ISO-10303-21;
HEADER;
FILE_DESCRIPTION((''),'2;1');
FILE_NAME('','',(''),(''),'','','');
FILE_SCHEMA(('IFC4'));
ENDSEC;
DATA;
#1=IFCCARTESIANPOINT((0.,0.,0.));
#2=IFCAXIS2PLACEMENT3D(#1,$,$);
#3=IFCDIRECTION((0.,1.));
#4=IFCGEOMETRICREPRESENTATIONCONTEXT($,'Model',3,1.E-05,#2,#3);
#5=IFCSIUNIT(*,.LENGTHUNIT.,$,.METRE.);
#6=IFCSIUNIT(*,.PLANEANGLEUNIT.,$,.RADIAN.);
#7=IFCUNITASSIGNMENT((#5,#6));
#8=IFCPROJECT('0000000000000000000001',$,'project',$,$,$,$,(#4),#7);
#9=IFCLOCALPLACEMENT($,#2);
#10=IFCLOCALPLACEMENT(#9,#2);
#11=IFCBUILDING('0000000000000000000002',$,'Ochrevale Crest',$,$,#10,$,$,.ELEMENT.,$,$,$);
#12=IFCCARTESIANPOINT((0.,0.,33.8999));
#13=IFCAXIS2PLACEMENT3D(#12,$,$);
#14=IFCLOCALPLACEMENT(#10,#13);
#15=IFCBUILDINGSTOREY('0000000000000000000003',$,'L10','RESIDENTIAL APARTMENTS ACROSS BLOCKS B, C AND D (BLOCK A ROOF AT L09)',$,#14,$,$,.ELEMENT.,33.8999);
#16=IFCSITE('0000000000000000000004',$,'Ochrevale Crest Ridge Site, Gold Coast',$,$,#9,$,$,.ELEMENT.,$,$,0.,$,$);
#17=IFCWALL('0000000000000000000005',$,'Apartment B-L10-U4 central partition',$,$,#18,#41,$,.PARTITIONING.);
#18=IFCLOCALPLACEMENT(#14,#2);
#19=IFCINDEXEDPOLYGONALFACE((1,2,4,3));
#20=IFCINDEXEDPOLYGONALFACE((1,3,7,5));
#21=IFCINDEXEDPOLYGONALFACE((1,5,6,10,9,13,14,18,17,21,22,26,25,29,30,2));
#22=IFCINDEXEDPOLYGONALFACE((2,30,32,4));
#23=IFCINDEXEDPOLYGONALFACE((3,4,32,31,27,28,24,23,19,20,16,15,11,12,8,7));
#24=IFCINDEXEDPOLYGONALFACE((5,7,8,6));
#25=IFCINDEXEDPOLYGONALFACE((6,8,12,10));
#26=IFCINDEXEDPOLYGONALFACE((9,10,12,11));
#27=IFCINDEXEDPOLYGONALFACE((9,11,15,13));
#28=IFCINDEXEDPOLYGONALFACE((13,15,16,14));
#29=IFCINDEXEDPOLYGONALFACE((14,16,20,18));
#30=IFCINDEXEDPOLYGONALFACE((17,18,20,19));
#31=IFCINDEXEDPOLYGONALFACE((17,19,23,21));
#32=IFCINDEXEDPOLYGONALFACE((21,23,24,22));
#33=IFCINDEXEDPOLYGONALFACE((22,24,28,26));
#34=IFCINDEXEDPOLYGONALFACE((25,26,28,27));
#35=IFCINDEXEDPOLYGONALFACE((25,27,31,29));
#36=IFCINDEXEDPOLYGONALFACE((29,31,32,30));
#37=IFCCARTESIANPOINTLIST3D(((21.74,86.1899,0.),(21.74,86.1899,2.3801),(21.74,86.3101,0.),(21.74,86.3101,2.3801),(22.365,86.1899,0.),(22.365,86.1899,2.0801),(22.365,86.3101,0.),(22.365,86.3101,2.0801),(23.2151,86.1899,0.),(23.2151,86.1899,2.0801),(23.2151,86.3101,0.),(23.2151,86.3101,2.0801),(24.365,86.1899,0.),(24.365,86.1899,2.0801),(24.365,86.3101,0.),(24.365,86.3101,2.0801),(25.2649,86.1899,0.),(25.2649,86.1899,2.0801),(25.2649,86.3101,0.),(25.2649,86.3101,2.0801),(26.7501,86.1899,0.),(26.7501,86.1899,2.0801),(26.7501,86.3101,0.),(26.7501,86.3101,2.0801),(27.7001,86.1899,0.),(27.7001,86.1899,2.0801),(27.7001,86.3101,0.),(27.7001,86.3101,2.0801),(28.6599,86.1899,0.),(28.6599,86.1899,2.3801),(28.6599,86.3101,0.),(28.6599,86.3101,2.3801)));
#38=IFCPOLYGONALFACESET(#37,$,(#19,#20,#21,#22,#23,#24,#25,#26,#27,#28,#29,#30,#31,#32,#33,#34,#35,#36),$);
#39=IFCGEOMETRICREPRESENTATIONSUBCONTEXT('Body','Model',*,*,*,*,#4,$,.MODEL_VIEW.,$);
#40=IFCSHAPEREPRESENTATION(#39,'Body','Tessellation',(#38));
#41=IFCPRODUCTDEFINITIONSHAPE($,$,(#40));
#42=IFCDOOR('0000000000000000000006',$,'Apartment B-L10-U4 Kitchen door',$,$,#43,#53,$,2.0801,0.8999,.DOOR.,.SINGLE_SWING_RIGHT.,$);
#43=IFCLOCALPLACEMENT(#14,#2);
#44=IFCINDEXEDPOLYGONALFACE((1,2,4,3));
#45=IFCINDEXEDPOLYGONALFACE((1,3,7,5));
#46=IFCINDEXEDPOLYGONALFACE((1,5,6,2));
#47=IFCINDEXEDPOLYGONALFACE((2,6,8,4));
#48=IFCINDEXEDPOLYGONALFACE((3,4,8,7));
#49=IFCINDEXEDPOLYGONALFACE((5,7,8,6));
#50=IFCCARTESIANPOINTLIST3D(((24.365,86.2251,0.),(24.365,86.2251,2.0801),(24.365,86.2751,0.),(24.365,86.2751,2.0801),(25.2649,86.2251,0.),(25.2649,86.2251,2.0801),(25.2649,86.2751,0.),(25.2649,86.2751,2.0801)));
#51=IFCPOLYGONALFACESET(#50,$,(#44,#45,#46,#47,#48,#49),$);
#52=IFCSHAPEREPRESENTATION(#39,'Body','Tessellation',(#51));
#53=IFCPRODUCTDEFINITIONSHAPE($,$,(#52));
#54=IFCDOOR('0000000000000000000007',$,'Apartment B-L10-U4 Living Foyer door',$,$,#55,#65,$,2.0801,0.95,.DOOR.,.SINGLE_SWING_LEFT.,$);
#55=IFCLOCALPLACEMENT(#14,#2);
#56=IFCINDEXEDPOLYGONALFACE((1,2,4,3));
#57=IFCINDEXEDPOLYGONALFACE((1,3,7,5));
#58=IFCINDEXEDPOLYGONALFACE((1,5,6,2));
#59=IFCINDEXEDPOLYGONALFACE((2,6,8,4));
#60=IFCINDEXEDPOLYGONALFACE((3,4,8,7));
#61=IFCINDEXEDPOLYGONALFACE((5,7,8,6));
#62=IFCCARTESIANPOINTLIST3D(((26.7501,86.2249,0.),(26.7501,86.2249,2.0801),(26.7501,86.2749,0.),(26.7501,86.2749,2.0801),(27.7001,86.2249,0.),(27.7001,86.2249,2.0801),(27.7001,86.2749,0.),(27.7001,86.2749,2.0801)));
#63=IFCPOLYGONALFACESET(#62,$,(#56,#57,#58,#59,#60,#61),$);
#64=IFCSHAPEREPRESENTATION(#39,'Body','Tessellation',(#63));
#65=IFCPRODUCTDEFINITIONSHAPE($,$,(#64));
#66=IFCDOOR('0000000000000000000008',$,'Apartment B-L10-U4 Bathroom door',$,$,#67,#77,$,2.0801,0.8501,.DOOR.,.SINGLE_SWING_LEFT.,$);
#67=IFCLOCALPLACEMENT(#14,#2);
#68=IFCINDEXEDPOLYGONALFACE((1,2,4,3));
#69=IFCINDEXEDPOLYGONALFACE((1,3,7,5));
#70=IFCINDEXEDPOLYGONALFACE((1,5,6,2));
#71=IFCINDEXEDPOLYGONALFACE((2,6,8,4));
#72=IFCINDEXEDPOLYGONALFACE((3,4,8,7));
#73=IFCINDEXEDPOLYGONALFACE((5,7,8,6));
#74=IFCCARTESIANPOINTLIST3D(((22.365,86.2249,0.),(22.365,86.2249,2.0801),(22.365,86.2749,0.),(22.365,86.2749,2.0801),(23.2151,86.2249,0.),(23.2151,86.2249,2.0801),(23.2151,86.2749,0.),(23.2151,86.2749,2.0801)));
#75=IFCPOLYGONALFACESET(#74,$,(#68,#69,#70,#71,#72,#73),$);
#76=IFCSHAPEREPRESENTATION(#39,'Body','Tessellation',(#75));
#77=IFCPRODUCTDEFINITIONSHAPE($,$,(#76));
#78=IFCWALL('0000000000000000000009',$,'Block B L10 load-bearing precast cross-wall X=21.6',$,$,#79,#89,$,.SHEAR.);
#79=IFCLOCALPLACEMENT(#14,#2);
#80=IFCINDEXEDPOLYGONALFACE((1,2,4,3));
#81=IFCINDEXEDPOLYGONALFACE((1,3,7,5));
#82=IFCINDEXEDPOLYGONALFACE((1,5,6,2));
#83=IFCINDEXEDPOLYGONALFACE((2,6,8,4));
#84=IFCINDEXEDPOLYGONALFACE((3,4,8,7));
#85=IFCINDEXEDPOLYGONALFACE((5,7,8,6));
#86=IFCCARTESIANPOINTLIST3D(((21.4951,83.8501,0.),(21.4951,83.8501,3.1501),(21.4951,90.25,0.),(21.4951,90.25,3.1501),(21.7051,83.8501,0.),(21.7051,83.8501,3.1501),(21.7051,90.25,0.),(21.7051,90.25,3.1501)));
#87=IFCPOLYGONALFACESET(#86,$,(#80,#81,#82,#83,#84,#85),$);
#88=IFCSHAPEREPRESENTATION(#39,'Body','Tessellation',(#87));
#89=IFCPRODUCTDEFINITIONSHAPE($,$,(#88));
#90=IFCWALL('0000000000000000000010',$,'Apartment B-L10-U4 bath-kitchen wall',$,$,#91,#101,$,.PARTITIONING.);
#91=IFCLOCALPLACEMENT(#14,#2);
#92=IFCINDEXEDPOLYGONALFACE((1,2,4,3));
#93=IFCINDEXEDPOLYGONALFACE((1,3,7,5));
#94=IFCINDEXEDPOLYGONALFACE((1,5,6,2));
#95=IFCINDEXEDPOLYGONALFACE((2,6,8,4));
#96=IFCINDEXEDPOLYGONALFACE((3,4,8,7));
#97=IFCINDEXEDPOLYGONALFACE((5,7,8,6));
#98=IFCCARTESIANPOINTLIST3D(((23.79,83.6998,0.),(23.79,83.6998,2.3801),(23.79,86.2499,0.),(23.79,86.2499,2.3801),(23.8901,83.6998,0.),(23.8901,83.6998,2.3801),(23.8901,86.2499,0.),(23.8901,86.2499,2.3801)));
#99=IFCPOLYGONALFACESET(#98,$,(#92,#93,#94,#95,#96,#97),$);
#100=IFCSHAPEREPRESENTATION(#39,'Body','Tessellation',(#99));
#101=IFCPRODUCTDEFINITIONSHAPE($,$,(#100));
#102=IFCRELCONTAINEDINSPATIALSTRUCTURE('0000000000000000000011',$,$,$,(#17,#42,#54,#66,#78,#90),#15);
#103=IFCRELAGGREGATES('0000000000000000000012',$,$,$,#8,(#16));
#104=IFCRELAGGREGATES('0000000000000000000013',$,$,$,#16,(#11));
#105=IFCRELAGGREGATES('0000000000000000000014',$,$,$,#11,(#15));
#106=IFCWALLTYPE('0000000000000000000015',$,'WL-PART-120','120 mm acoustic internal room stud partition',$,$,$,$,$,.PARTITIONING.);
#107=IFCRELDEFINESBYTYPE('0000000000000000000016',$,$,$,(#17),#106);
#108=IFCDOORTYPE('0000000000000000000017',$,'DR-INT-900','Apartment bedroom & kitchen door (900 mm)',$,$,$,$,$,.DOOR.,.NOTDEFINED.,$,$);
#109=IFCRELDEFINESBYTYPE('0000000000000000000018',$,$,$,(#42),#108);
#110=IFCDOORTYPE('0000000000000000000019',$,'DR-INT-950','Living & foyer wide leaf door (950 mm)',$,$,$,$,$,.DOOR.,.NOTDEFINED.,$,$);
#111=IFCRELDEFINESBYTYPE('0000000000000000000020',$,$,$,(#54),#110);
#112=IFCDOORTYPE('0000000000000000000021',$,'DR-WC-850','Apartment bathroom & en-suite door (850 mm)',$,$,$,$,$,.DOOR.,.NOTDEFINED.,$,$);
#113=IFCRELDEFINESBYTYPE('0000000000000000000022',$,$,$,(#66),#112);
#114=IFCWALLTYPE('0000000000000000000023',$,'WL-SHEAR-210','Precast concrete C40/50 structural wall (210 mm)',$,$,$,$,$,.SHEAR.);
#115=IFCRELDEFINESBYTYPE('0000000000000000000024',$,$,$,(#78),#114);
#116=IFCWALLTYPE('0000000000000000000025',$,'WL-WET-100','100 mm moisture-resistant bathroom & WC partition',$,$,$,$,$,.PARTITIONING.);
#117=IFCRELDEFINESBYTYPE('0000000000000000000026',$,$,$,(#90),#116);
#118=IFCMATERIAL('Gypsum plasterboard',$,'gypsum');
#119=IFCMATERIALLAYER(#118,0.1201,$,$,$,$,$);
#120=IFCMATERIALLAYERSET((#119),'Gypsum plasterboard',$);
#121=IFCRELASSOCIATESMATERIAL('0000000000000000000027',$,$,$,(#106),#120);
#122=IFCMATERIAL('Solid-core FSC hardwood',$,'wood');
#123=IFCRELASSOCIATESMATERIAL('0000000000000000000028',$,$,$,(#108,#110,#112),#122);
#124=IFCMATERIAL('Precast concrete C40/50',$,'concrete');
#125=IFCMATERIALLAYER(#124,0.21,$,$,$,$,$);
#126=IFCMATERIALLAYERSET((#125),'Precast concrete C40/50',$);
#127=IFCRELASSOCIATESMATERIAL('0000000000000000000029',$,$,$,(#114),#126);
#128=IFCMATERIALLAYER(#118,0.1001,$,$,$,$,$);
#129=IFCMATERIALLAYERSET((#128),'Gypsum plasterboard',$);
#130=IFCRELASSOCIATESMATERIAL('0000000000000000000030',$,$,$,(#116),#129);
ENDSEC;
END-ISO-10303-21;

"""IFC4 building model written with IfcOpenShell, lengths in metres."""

from ifc_helpers import new_model, si_unit, direction, frame, frame_2d, origin, place, context, subcontext, project, spatial, rectangle, extrude, material, layer, layer_set, type_object, element, fill, save


model = new_model("IFC4")

# Units and contexts
model_context = context("Model", 3, precision=1e-05, world=origin(), true_north=direction((0.0, 1.0)))
body_context = subcontext(model_context, "Body", "Model", "MODEL_VIEW")
ifc_project = project(units=[si_unit("LENGTHUNIT", "METRE"), si_unit("PLANEANGLEUNIT", "RADIAN")], contexts=[model_context])

# Site, building, storey
site_placement = place(None, origin())
site = spatial("IfcSite", under=ifc_project, at=site_placement, Name="Ochrevale Crest Ridge Site, Gold Coast", CompositionType="ELEMENT", RefElevation=0.0)
building_placement = place(site_placement, origin())
building = spatial("IfcBuilding", under=site, at=building_placement, Name="Ochrevale Crest", CompositionType="ELEMENT")
storey_placement = place(building_placement, frame((0.0, 0.0, 33.8999)))
storey = spatial("IfcBuildingStorey", under=building, at=storey_placement, Name="L10", Description="RESIDENTIAL APARTMENTS ACROSS BLOCKS B, C AND D (BLOCK A ROOF AT L09)", CompositionType="ELEMENT", Elevation=33.8999)

# Shared definitions
ifc_material_1 = material(Name="Gypsum plasterboard", Category="gypsum")
ifc_material_2 = material(Name="Solid-core FSC hardwood", Category="wood")

# Shared definitions
ifc_layer_1 = layer(ifc_material_1, 0.1201)
ifc_layer_set_1 = layer_set([ifc_layer_1], Name="Gypsum plasterboard")
wall_type_1 = type_object("IfcWallType", Name="WL-PART-120", Description="120 mm acoustic internal room stud partition", PredefinedType="PARTITIONING", material=ifc_layer_set_1)

# Wall, openings, doors
wall_1_placement = place(storey_placement, frame((21.74, 86.25, 0.0), z_axis=(0.0, 0.0, 1.0), x_axis=(1.0, 0.0, 0.0)))
wall_1 = element("IfcWall", 1, at=wall_1_placement, inside=storey, type_object=wall_type_1, Name="Apartment B-L10-U4 central partition", PredefinedType="PARTITIONING", context=body_context, shape_type="SweptSolid", body=[
    extrude(rectangle(XDim=6.9199, YDim=0.1201, at=frame_2d((3.46, 0.0))), origin(), (0.0, 0.0, 1.0), 2.3801),
])
opening_1_placement = place(wall_1_placement, frame((0.625, 0.0, 0.0)))
opening_1 = element("IfcOpeningElement", 2, at=opening_1_placement, cuts=wall_1, PredefinedType="OPENING", context=body_context, shape_type="SweptSolid", body=[
    extrude(rectangle(XDim=0.8501, YDim=2.0801, at=frame_2d((0.425, 1.04))), frame((0.0, 0.0701, 0.0), z_axis=(0.0, -1.0, 0.0), x_axis=(1.0, 0.0, 0.0)), (0.0, 0.0, 1.0), 0.1401),
])
opening_2_placement = place(wall_1_placement, frame((3.5249, 0.0, 0.0), z_axis=(0.0, 0.0, 1.0), x_axis=(-1.0, 0.0, 0.0)))
opening_2 = element("IfcOpeningElement", 3, at=opening_2_placement, cuts=wall_1, PredefinedType="OPENING", context=body_context, shape_type="SweptSolid", body=[
    extrude(rectangle(XDim=0.8999, YDim=2.0801, at=frame_2d((0.45, 1.04))), frame((0.0, 0.0701, 0.0), z_axis=(0.0, -1.0, 0.0), x_axis=(1.0, 0.0, 0.0)), (0.0, 0.0, 1.0), 0.1401),
])
opening_3_placement = place(wall_1_placement, frame((5.01, 0.0, 0.0)))
opening_3 = element("IfcOpeningElement", 4, at=opening_3_placement, cuts=wall_1, PredefinedType="OPENING", context=body_context, shape_type="SweptSolid", body=[
    extrude(rectangle(XDim=0.95, YDim=2.0801, at=frame_2d((0.4751, 1.04))), frame((0.0, 0.0701, 0.0), z_axis=(0.0, -1.0, 0.0), x_axis=(1.0, 0.0, 0.0)), (0.0, 0.0, 1.0), 0.1401),
])
door_type_1 = type_object("IfcDoorType", Name="DR-INT-900", Description="Apartment bedroom & kitchen door (900 mm)", OperationType="NOTDEFINED", PredefinedType="DOOR", material=ifc_material_2)
door_1_placement = place(opening_2_placement, origin())
door_1 = element("IfcDoor", 5, at=door_1_placement, inside=storey, type_object=door_type_1, Name="Apartment B-L10-U4 Kitchen door", OperationType="SINGLE_SWING_RIGHT", OverallHeight=2.0801, OverallWidth=0.8999, PredefinedType="DOOR", context=body_context, shape_type="SweptSolid", body=[
    extrude(rectangle(XDim=0.8999, YDim=2.0801, at=frame_2d((0.45, 1.04))), frame((0.0, 0.0249, 0.0), z_axis=(0.0, -1.0, 0.0), x_axis=(1.0, 0.0, 0.0)), (0.0, 0.0, 1.0), 0.05),
])
fill(opening_2, door_1)
door_type_2 = type_object("IfcDoorType", Name="DR-INT-950", Description="Living & foyer wide leaf door (950 mm)", OperationType="NOTDEFINED", PredefinedType="DOOR", material=ifc_material_2)
door_2_placement = place(opening_3_placement, origin())
door_2 = element("IfcDoor", 6, at=door_2_placement, inside=storey, type_object=door_type_2, Name="Apartment B-L10-U4 Living Foyer door", OperationType="SINGLE_SWING_LEFT", OverallHeight=2.0801, OverallWidth=0.95, PredefinedType="DOOR", context=body_context, shape_type="SweptSolid", body=[
    extrude(rectangle(XDim=0.95, YDim=2.0801, at=frame_2d((0.4751, 1.04))), frame((0.0, 0.0249, 0.0), z_axis=(0.0, -1.0, 0.0), x_axis=(1.0, 0.0, 0.0)), (0.0, 0.0, 1.0), 0.05),
])
fill(opening_3, door_2)
door_type_3 = type_object("IfcDoorType", Name="DR-WC-850", Description="Apartment bathroom & en-suite door (850 mm)", OperationType="NOTDEFINED", PredefinedType="DOOR", material=ifc_material_2)
door_3_placement = place(opening_1_placement, origin())
door_3 = element("IfcDoor", 7, at=door_3_placement, inside=storey, type_object=door_type_3, Name="Apartment B-L10-U4 Bathroom door", OperationType="SINGLE_SWING_LEFT", OverallHeight=2.0801, OverallWidth=0.8501, PredefinedType="DOOR", context=body_context, shape_type="SweptSolid", body=[
    extrude(rectangle(XDim=0.8501, YDim=2.0801, at=frame_2d((0.425, 1.04))), frame((0.0, 0.0249, 0.0), z_axis=(0.0, -1.0, 0.0), x_axis=(1.0, 0.0, 0.0)), (0.0, 0.0, 1.0), 0.05),
])
fill(opening_1, door_3)

# Walls
ifc_material_3 = material(Name="Precast concrete C40/50", Category="concrete")
ifc_layer_2 = layer(ifc_material_3, 0.21)
ifc_layer_set_2 = layer_set([ifc_layer_2], Name="Precast concrete C40/50")
wall_type_2 = type_object("IfcWallType", Name="WL-SHEAR-210", Description="Precast concrete C40/50 structural wall (210 mm)", PredefinedType="SHEAR", material=ifc_layer_set_2)
wall_2_placement = place(storey_placement, frame((21.6001, 83.8501, 0.0), z_axis=(0.0, 0.0, 1.0), x_axis=(0.0, 1.0, 0.0)))
element("IfcWall", 8, at=wall_2_placement, inside=storey, type_object=wall_type_2, Name="Block B L10 load-bearing precast cross-wall X=21.6", PredefinedType="SHEAR", context=body_context, shape_type="SweptSolid", body=[
    extrude(rectangle(XDim=6.3999, YDim=0.21, at=frame_2d((3.2, 0.0))), origin(), (0.0, 0.0, 1.0), 3.1501),
])
ifc_layer_3 = layer(ifc_material_1, 0.1001)
ifc_layer_set_3 = layer_set([ifc_layer_3], Name="Gypsum plasterboard")
wall_type_3 = type_object("IfcWallType", Name="WL-WET-100", Description="100 mm moisture-resistant bathroom & WC partition", PredefinedType="PARTITIONING", material=ifc_layer_set_3)
wall_3_placement = place(storey_placement, frame((23.8401, 83.7, 0.0), z_axis=(0.0, 0.0, 1.0), x_axis=(0.0, 1.0, 0.0)))
element("IfcWall", 9, at=wall_3_placement, inside=storey, type_object=wall_type_3, Name="Apartment B-L10-U4 bath-kitchen wall", PredefinedType="PARTITIONING", context=body_context, shape_type="SweptSolid", body=[
    extrude(rectangle(XDim=2.55, YDim=0.1001, at=frame_2d((1.2749, 0.0))), origin(), (0.0, 0.0, 1.0), 2.3801),
])

save(model, "model.ifc")
